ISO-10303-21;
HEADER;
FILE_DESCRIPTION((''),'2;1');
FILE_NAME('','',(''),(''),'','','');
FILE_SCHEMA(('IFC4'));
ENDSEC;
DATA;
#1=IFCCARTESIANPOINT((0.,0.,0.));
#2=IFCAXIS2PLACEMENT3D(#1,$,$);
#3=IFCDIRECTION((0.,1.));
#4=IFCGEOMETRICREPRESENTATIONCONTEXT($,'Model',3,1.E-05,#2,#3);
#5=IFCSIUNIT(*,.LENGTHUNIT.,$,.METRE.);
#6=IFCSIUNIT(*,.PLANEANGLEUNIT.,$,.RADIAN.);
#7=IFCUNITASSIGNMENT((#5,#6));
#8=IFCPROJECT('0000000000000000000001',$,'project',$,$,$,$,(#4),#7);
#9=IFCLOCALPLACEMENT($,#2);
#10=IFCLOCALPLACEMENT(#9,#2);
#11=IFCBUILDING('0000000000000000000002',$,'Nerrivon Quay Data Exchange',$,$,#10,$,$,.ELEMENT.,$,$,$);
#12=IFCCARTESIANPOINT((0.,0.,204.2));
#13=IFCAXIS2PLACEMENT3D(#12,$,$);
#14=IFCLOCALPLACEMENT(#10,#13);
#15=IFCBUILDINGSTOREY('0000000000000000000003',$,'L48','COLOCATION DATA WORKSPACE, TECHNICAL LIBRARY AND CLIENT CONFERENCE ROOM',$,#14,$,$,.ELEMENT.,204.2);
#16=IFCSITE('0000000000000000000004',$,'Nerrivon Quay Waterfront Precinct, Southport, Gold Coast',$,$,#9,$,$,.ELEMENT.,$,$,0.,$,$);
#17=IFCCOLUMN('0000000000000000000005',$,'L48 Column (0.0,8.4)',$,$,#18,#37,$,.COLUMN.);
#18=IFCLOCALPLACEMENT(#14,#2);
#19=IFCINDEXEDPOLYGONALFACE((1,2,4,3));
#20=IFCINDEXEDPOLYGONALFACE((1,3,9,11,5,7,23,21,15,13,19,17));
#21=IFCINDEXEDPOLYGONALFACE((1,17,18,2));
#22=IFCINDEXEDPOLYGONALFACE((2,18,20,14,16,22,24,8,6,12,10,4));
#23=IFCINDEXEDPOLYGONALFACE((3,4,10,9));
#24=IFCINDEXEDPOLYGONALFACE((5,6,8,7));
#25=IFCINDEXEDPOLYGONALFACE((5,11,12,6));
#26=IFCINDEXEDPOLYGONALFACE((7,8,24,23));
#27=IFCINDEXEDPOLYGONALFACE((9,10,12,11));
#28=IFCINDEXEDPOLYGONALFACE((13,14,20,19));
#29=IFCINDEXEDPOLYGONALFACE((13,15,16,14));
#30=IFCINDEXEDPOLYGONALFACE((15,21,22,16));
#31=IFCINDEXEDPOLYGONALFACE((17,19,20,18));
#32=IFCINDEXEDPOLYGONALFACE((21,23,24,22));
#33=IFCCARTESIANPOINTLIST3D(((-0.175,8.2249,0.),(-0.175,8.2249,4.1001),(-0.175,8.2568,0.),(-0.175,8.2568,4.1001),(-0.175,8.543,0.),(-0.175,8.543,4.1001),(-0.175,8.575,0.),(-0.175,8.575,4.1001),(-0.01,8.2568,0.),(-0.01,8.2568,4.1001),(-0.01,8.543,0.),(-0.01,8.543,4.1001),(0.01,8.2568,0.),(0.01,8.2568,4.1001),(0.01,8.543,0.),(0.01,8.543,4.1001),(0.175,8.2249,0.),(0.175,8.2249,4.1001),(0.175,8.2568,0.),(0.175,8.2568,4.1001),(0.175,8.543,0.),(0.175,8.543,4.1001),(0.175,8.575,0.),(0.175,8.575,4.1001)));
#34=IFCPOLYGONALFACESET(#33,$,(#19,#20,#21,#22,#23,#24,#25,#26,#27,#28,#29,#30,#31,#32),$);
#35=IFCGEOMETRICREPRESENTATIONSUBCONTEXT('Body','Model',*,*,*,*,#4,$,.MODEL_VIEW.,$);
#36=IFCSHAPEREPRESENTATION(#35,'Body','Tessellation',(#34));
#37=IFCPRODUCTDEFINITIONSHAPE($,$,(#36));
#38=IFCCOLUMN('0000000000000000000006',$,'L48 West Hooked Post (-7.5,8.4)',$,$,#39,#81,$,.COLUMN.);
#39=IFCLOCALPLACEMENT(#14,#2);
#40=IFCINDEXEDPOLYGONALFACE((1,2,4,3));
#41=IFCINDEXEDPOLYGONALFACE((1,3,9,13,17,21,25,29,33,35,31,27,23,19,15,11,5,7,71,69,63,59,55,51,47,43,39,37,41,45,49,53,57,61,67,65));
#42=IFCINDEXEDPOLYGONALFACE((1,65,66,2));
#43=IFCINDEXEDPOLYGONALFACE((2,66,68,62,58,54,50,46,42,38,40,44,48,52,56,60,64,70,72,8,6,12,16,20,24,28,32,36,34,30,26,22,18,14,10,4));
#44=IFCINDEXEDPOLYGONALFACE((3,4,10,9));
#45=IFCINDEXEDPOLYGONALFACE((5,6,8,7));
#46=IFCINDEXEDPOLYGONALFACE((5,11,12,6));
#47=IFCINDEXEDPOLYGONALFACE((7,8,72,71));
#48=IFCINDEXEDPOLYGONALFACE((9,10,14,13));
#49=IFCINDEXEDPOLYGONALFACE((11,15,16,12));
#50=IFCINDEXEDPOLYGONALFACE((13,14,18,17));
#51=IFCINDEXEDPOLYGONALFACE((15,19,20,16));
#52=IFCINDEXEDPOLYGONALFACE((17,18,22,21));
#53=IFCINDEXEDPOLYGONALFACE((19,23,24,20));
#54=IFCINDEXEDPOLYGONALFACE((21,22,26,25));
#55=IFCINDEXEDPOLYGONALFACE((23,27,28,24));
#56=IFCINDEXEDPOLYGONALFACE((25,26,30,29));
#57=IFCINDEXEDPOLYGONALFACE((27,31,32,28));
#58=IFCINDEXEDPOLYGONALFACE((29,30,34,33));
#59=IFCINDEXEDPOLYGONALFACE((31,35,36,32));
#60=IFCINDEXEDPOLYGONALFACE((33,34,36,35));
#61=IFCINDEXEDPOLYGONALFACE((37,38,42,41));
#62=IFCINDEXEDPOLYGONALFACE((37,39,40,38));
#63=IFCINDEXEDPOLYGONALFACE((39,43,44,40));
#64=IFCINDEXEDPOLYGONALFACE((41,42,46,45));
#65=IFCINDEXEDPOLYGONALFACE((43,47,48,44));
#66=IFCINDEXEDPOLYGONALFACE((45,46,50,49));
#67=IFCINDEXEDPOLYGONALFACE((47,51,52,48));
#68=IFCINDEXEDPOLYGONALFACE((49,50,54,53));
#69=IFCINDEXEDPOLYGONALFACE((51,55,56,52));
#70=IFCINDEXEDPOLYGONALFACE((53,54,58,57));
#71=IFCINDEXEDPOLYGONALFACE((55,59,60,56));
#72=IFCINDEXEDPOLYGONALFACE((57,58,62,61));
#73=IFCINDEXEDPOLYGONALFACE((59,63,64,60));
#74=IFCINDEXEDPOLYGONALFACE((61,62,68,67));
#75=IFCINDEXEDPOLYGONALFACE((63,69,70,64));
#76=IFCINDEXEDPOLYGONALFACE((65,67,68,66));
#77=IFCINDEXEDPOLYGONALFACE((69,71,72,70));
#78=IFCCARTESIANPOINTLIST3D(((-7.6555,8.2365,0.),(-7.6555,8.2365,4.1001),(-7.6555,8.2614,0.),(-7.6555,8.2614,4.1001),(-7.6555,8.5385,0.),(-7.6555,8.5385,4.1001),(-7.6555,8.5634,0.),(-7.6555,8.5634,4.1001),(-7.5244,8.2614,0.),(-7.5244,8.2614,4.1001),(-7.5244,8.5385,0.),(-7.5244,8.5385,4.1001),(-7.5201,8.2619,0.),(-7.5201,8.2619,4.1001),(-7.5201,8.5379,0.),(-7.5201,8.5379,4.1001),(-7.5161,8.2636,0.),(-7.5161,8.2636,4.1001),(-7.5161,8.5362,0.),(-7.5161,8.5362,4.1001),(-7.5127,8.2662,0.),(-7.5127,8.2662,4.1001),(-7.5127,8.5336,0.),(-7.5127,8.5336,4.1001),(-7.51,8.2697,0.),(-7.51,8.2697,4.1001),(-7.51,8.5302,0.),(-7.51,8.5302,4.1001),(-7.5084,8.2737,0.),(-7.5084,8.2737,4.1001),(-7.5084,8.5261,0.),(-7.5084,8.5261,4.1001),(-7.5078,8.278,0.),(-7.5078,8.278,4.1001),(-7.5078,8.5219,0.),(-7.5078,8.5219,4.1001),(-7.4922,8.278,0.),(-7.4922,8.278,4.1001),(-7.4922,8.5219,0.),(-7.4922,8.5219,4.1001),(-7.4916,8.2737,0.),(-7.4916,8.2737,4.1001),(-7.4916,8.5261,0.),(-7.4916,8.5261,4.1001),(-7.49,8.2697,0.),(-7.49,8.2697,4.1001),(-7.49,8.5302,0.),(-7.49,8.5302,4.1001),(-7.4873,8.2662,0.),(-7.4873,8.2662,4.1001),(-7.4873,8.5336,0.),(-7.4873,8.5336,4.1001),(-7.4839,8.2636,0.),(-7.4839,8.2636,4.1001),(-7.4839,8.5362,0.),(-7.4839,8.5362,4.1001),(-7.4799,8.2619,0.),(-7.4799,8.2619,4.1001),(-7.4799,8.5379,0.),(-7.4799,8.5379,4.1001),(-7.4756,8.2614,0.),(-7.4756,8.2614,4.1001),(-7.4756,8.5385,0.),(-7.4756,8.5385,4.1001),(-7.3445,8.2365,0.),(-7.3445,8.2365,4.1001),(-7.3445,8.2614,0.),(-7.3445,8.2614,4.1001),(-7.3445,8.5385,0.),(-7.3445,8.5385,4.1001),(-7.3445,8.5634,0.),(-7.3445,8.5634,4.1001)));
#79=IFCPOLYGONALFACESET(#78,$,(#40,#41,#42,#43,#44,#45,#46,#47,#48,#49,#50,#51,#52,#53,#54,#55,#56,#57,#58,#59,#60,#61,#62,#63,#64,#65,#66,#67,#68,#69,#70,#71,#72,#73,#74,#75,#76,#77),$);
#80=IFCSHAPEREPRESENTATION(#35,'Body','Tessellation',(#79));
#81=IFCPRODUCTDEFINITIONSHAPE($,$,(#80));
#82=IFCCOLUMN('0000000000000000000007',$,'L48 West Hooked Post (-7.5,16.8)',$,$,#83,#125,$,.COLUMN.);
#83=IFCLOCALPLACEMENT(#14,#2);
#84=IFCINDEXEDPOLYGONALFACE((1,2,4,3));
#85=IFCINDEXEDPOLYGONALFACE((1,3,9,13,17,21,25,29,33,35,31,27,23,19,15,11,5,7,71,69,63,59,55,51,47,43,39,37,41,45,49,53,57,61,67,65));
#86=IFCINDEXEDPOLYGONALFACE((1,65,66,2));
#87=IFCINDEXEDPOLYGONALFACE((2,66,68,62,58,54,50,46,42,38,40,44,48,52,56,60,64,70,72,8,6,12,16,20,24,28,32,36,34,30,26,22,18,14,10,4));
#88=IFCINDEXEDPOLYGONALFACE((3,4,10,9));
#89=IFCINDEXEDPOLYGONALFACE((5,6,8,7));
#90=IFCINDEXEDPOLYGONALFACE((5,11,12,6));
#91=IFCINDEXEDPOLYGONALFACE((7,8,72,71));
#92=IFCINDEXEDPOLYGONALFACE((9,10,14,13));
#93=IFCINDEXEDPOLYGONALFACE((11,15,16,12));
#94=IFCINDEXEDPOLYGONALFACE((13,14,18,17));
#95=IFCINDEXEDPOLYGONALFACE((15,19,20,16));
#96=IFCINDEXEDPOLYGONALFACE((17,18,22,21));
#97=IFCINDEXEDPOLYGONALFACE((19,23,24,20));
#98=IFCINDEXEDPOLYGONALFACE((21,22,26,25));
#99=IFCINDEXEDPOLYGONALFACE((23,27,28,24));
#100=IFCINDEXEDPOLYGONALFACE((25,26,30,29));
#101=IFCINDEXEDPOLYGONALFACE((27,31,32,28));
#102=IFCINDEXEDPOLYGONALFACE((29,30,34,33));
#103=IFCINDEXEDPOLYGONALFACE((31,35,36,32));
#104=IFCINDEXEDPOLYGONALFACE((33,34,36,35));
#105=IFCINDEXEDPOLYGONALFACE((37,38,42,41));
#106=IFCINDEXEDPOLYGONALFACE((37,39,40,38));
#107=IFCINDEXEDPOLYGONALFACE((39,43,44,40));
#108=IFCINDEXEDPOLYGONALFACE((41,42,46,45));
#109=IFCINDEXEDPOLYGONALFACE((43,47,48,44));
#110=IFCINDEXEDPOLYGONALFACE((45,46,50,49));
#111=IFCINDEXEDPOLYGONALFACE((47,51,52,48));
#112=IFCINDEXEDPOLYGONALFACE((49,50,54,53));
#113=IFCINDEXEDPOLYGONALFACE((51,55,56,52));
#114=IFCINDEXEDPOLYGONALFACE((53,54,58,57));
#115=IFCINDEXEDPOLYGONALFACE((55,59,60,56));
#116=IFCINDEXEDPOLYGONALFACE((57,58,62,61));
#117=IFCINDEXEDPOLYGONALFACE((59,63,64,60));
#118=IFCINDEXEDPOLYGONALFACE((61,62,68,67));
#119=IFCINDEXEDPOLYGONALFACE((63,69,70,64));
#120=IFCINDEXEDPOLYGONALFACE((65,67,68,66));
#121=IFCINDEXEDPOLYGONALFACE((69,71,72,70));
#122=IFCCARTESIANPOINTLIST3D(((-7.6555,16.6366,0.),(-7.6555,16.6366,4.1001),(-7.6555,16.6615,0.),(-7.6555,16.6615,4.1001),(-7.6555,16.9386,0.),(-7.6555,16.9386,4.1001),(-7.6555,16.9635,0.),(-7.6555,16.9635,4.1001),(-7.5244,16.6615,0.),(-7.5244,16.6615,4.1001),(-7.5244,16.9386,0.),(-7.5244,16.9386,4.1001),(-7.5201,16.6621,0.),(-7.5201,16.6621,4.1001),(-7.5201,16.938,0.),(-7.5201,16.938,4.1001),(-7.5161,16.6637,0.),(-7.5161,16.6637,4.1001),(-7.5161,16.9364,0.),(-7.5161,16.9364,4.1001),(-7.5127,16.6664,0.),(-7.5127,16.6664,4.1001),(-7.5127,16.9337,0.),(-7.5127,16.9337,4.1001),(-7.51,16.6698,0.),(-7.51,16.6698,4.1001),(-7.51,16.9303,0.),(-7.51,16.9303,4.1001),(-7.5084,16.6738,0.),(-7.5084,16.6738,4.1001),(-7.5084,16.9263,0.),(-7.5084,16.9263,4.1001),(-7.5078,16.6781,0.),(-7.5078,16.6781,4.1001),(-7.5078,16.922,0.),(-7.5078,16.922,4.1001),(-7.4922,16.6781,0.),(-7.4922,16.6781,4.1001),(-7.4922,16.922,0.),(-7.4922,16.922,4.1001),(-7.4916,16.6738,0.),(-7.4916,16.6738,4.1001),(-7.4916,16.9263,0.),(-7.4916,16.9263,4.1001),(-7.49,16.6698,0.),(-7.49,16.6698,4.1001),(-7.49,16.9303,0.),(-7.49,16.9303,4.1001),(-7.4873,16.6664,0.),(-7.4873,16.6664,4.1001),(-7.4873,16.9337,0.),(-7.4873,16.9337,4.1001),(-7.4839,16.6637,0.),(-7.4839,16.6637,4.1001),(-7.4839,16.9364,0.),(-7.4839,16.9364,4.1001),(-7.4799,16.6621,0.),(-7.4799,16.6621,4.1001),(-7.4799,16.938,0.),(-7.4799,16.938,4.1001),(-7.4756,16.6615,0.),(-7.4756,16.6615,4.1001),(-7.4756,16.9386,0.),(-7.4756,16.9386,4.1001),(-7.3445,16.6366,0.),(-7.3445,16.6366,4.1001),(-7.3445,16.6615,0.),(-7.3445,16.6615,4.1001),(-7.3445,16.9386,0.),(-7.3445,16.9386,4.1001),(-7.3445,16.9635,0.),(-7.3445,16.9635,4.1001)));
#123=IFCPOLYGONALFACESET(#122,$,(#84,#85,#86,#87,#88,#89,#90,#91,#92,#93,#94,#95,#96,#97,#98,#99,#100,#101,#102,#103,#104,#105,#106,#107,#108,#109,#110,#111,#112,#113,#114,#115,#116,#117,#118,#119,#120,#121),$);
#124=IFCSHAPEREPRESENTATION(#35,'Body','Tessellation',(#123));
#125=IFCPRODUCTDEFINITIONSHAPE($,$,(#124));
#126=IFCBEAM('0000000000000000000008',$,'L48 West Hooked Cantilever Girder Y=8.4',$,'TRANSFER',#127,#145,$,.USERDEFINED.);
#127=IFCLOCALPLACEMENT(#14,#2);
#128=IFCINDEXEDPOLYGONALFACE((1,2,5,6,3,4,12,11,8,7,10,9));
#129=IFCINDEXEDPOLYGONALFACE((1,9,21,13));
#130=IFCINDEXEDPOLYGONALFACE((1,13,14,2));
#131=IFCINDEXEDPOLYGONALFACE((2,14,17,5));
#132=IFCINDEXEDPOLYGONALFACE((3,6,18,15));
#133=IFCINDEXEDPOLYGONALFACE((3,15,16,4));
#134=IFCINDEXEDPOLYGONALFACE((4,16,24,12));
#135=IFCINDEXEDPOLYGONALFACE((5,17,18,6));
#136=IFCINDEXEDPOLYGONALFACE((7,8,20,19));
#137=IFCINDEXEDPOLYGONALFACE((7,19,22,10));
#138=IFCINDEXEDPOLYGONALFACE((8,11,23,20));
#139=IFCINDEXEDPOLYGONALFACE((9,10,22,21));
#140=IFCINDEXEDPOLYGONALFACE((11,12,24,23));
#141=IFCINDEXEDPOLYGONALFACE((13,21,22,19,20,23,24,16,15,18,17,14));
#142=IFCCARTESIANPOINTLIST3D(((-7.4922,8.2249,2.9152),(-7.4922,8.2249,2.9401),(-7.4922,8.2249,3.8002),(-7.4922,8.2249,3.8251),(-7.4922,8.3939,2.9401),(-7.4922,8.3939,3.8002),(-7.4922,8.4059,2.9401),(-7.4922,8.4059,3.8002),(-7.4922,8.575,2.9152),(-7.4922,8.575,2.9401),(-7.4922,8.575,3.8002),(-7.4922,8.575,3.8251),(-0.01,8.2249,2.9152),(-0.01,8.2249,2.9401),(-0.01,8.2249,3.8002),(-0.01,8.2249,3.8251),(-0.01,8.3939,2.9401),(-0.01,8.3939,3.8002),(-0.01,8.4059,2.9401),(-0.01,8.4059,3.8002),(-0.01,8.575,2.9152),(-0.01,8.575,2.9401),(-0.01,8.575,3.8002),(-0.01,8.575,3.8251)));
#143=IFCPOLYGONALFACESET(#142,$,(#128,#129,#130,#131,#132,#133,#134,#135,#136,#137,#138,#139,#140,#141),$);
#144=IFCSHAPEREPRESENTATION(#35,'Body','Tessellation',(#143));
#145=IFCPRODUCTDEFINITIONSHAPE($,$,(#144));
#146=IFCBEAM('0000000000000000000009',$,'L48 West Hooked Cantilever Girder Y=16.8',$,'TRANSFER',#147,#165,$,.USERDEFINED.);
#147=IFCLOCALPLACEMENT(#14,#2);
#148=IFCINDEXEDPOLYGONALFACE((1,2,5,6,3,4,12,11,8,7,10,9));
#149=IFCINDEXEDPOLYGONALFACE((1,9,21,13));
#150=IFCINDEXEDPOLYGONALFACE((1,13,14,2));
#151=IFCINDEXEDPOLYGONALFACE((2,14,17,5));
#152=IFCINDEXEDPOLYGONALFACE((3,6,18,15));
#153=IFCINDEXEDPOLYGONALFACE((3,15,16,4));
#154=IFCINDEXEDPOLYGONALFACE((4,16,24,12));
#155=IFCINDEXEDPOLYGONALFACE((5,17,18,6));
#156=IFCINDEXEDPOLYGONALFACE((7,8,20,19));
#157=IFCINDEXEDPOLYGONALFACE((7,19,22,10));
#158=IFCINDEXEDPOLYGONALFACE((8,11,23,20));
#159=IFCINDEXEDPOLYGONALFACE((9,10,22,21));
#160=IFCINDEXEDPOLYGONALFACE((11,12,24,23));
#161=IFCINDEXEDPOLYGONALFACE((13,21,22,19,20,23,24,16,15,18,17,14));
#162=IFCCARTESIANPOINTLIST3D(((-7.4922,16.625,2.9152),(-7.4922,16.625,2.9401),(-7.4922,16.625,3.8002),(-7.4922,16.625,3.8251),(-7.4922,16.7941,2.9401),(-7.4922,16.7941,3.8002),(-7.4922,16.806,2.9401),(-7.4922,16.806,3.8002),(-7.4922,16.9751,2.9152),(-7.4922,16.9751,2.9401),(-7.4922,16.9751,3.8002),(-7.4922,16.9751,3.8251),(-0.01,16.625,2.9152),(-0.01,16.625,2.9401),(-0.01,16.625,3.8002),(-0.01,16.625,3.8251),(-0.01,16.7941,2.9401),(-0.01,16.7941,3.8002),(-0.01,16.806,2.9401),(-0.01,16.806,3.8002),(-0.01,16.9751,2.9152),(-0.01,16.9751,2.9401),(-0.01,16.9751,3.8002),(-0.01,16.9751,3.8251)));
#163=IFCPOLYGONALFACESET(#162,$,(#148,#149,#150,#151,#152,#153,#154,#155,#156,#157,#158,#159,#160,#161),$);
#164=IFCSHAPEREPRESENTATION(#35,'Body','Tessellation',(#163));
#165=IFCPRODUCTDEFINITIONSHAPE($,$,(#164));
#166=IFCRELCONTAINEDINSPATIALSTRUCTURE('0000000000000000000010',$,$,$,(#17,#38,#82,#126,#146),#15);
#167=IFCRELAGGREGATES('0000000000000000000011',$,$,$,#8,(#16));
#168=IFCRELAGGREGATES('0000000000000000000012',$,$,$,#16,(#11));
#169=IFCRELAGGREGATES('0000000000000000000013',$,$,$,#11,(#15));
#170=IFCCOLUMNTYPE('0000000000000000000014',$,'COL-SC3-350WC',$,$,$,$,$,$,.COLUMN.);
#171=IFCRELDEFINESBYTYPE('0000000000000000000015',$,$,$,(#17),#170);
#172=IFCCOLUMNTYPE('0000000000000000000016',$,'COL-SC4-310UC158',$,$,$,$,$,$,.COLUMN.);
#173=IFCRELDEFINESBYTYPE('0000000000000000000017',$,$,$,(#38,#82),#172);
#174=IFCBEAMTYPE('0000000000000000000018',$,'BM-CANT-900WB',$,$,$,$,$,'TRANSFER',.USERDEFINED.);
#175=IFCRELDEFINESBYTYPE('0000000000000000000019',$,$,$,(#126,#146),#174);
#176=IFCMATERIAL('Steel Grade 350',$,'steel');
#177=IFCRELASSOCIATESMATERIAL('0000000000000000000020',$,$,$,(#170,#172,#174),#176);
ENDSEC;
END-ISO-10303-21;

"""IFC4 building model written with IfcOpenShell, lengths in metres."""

from ifc_helpers import new_model, si_unit, direction, frame, origin, origin_2d, place, context, subcontext, project, spatial, i_section, extrude, material, material_profile, profile_set, type_object, element, save


model = new_model("IFC4")

# Units and contexts
model_context = context("Model", 3, precision=1e-05, world=origin(), true_north=direction((0.0, 1.0)))
body_context = subcontext(model_context, "Body", "Model", "MODEL_VIEW")
ifc_project = project(units=[si_unit("LENGTHUNIT", "METRE"), si_unit("PLANEANGLEUNIT", "RADIAN")], contexts=[model_context])

# Site, building, storey
site_placement = place(None, origin())
site = spatial("IfcSite", under=ifc_project, at=site_placement, Name="Nerrivon Quay Waterfront Precinct, Southport, Gold Coast", CompositionType="ELEMENT", RefElevation=0.0)
building_placement = place(site_placement, origin())
building = spatial("IfcBuilding", under=site, at=building_placement, Name="Nerrivon Quay Data Exchange", CompositionType="ELEMENT")
storey_placement = place(building_placement, frame((0.0, 0.0, 204.2)))
storey = spatial("IfcBuildingStorey", under=building, at=storey_placement, Name="L48", Description="COLOCATION DATA WORKSPACE, TECHNICAL LIBRARY AND CLIENT CONFERENCE ROOM", CompositionType="ELEMENT", Elevation=204.2)

# Columns
ifc_material_1 = material(Name="Steel Grade 350", Category="steel")
ifc_material_profile_1 = material_profile(ifc_material_1, i_section(OverallWidth=0.3501, OverallDepth=0.3501, WebThickness=0.02, FlangeThickness=0.032, at=origin_2d()), Name="350WC230")
ifc_profile_set_1 = profile_set([ifc_material_profile_1], Name="Steel Grade 350")
column_type_1 = type_object("IfcColumnType", Name="COL-SC3-350WC", PredefinedType="COLUMN", material=ifc_profile_set_1)
column_placement = place(storey_placement, frame((0.0, 8.3999, 0.0), z_axis=(0.0, 0.0, 1.0), x_axis=(1.0, 0.0, 0.0)))
element("IfcColumn", 1, at=column_placement, inside=storey, type_object=column_type_1, Name="L48 Column (0.0,8.4)", PredefinedType="COLUMN", context=body_context, shape_type="SweptSolid", body=[
    extrude(i_section(OverallWidth=0.3501, OverallDepth=0.3501, WebThickness=0.02, FlangeThickness=0.032, at=origin_2d()), origin(), (0.0, 0.0, 1.0), 4.1001),
])
ifc_material_profile_2 = material_profile(ifc_material_1, i_section(OverallWidth=0.311, OverallDepth=0.3269, WebThickness=0.0156, FlangeThickness=0.0249, FilletRadius=0.0166, at=origin_2d()), Name="310UC158")
ifc_profile_set_2 = profile_set([ifc_material_profile_2], Name="Steel Grade 350")
column_type_2 = type_object("IfcColumnType", Name="COL-SC4-310UC158", PredefinedType="COLUMN", material=ifc_profile_set_2)
for number, where, z_axis, x_axis, name in (
    (2, (-7.5, 8.3999, 0.0), (0.0, 0.0, 1.0), (1.0, 0.0, 0.0), "L48 West Hooked Post (-7.5,8.4)"),
    (3, (-7.5, 16.8, 0.0), (0.0, 0.0, 1.0), (1.0, 0.0, 0.0), "L48 West Hooked Post (-7.5,16.8)"),
):
    element("IfcColumn", number, at=place(storey_placement, frame(where, z_axis=z_axis, x_axis=x_axis)), inside=storey, type_object=column_type_2, Name=name, PredefinedType="COLUMN", context=body_context, shape_type="SweptSolid", body=[
        extrude(i_section(OverallWidth=0.311, OverallDepth=0.3269, WebThickness=0.0156, FlangeThickness=0.0249, FilletRadius=0.0166, at=origin_2d()), origin(), (0.0, 0.0, 1.0), 4.1001),
    ])

# Beams
ifc_material_profile_3 = material_profile(ifc_material_1, i_section(OverallWidth=0.3501, OverallDepth=0.9099, WebThickness=0.012, FlangeThickness=0.0249, at=origin_2d()), Name="900WB218")
ifc_profile_set_3 = profile_set([ifc_material_profile_3], Name="Steel Grade 350")
beam_type_1 = type_object("IfcBeamType", Name="BM-CANT-900WB", ElementType="TRANSFER", PredefinedType="USERDEFINED", material=ifc_profile_set_3)
for number, where, z_axis, x_axis, name in (
    (4, (-0.01, 8.3999, 3.3701), (-1.0, 0.0, 0.0), (0.0, -1.0, 0.0), "L48 West Hooked Cantilever Girder Y=8.4"),
    (5, (-0.01, 16.8, 3.3701), (-1.0, 0.0, 0.0), (0.0, -1.0, 0.0), "L48 West Hooked Cantilever Girder Y=16.8"),
):
    element("IfcBeam", number, at=place(storey_placement, frame(where, z_axis=z_axis, x_axis=x_axis)), inside=storey, type_object=beam_type_1, Name=name, ObjectType="TRANSFER", PredefinedType="USERDEFINED", context=body_context, shape_type="SweptSolid", body=[
        extrude(i_section(OverallWidth=0.3501, OverallDepth=0.9099, WebThickness=0.012, FlangeThickness=0.0249, at=origin_2d()), origin(), (0.0, 0.0, 1.0), 7.4822),
    ])

save(model, "model.ifc")
